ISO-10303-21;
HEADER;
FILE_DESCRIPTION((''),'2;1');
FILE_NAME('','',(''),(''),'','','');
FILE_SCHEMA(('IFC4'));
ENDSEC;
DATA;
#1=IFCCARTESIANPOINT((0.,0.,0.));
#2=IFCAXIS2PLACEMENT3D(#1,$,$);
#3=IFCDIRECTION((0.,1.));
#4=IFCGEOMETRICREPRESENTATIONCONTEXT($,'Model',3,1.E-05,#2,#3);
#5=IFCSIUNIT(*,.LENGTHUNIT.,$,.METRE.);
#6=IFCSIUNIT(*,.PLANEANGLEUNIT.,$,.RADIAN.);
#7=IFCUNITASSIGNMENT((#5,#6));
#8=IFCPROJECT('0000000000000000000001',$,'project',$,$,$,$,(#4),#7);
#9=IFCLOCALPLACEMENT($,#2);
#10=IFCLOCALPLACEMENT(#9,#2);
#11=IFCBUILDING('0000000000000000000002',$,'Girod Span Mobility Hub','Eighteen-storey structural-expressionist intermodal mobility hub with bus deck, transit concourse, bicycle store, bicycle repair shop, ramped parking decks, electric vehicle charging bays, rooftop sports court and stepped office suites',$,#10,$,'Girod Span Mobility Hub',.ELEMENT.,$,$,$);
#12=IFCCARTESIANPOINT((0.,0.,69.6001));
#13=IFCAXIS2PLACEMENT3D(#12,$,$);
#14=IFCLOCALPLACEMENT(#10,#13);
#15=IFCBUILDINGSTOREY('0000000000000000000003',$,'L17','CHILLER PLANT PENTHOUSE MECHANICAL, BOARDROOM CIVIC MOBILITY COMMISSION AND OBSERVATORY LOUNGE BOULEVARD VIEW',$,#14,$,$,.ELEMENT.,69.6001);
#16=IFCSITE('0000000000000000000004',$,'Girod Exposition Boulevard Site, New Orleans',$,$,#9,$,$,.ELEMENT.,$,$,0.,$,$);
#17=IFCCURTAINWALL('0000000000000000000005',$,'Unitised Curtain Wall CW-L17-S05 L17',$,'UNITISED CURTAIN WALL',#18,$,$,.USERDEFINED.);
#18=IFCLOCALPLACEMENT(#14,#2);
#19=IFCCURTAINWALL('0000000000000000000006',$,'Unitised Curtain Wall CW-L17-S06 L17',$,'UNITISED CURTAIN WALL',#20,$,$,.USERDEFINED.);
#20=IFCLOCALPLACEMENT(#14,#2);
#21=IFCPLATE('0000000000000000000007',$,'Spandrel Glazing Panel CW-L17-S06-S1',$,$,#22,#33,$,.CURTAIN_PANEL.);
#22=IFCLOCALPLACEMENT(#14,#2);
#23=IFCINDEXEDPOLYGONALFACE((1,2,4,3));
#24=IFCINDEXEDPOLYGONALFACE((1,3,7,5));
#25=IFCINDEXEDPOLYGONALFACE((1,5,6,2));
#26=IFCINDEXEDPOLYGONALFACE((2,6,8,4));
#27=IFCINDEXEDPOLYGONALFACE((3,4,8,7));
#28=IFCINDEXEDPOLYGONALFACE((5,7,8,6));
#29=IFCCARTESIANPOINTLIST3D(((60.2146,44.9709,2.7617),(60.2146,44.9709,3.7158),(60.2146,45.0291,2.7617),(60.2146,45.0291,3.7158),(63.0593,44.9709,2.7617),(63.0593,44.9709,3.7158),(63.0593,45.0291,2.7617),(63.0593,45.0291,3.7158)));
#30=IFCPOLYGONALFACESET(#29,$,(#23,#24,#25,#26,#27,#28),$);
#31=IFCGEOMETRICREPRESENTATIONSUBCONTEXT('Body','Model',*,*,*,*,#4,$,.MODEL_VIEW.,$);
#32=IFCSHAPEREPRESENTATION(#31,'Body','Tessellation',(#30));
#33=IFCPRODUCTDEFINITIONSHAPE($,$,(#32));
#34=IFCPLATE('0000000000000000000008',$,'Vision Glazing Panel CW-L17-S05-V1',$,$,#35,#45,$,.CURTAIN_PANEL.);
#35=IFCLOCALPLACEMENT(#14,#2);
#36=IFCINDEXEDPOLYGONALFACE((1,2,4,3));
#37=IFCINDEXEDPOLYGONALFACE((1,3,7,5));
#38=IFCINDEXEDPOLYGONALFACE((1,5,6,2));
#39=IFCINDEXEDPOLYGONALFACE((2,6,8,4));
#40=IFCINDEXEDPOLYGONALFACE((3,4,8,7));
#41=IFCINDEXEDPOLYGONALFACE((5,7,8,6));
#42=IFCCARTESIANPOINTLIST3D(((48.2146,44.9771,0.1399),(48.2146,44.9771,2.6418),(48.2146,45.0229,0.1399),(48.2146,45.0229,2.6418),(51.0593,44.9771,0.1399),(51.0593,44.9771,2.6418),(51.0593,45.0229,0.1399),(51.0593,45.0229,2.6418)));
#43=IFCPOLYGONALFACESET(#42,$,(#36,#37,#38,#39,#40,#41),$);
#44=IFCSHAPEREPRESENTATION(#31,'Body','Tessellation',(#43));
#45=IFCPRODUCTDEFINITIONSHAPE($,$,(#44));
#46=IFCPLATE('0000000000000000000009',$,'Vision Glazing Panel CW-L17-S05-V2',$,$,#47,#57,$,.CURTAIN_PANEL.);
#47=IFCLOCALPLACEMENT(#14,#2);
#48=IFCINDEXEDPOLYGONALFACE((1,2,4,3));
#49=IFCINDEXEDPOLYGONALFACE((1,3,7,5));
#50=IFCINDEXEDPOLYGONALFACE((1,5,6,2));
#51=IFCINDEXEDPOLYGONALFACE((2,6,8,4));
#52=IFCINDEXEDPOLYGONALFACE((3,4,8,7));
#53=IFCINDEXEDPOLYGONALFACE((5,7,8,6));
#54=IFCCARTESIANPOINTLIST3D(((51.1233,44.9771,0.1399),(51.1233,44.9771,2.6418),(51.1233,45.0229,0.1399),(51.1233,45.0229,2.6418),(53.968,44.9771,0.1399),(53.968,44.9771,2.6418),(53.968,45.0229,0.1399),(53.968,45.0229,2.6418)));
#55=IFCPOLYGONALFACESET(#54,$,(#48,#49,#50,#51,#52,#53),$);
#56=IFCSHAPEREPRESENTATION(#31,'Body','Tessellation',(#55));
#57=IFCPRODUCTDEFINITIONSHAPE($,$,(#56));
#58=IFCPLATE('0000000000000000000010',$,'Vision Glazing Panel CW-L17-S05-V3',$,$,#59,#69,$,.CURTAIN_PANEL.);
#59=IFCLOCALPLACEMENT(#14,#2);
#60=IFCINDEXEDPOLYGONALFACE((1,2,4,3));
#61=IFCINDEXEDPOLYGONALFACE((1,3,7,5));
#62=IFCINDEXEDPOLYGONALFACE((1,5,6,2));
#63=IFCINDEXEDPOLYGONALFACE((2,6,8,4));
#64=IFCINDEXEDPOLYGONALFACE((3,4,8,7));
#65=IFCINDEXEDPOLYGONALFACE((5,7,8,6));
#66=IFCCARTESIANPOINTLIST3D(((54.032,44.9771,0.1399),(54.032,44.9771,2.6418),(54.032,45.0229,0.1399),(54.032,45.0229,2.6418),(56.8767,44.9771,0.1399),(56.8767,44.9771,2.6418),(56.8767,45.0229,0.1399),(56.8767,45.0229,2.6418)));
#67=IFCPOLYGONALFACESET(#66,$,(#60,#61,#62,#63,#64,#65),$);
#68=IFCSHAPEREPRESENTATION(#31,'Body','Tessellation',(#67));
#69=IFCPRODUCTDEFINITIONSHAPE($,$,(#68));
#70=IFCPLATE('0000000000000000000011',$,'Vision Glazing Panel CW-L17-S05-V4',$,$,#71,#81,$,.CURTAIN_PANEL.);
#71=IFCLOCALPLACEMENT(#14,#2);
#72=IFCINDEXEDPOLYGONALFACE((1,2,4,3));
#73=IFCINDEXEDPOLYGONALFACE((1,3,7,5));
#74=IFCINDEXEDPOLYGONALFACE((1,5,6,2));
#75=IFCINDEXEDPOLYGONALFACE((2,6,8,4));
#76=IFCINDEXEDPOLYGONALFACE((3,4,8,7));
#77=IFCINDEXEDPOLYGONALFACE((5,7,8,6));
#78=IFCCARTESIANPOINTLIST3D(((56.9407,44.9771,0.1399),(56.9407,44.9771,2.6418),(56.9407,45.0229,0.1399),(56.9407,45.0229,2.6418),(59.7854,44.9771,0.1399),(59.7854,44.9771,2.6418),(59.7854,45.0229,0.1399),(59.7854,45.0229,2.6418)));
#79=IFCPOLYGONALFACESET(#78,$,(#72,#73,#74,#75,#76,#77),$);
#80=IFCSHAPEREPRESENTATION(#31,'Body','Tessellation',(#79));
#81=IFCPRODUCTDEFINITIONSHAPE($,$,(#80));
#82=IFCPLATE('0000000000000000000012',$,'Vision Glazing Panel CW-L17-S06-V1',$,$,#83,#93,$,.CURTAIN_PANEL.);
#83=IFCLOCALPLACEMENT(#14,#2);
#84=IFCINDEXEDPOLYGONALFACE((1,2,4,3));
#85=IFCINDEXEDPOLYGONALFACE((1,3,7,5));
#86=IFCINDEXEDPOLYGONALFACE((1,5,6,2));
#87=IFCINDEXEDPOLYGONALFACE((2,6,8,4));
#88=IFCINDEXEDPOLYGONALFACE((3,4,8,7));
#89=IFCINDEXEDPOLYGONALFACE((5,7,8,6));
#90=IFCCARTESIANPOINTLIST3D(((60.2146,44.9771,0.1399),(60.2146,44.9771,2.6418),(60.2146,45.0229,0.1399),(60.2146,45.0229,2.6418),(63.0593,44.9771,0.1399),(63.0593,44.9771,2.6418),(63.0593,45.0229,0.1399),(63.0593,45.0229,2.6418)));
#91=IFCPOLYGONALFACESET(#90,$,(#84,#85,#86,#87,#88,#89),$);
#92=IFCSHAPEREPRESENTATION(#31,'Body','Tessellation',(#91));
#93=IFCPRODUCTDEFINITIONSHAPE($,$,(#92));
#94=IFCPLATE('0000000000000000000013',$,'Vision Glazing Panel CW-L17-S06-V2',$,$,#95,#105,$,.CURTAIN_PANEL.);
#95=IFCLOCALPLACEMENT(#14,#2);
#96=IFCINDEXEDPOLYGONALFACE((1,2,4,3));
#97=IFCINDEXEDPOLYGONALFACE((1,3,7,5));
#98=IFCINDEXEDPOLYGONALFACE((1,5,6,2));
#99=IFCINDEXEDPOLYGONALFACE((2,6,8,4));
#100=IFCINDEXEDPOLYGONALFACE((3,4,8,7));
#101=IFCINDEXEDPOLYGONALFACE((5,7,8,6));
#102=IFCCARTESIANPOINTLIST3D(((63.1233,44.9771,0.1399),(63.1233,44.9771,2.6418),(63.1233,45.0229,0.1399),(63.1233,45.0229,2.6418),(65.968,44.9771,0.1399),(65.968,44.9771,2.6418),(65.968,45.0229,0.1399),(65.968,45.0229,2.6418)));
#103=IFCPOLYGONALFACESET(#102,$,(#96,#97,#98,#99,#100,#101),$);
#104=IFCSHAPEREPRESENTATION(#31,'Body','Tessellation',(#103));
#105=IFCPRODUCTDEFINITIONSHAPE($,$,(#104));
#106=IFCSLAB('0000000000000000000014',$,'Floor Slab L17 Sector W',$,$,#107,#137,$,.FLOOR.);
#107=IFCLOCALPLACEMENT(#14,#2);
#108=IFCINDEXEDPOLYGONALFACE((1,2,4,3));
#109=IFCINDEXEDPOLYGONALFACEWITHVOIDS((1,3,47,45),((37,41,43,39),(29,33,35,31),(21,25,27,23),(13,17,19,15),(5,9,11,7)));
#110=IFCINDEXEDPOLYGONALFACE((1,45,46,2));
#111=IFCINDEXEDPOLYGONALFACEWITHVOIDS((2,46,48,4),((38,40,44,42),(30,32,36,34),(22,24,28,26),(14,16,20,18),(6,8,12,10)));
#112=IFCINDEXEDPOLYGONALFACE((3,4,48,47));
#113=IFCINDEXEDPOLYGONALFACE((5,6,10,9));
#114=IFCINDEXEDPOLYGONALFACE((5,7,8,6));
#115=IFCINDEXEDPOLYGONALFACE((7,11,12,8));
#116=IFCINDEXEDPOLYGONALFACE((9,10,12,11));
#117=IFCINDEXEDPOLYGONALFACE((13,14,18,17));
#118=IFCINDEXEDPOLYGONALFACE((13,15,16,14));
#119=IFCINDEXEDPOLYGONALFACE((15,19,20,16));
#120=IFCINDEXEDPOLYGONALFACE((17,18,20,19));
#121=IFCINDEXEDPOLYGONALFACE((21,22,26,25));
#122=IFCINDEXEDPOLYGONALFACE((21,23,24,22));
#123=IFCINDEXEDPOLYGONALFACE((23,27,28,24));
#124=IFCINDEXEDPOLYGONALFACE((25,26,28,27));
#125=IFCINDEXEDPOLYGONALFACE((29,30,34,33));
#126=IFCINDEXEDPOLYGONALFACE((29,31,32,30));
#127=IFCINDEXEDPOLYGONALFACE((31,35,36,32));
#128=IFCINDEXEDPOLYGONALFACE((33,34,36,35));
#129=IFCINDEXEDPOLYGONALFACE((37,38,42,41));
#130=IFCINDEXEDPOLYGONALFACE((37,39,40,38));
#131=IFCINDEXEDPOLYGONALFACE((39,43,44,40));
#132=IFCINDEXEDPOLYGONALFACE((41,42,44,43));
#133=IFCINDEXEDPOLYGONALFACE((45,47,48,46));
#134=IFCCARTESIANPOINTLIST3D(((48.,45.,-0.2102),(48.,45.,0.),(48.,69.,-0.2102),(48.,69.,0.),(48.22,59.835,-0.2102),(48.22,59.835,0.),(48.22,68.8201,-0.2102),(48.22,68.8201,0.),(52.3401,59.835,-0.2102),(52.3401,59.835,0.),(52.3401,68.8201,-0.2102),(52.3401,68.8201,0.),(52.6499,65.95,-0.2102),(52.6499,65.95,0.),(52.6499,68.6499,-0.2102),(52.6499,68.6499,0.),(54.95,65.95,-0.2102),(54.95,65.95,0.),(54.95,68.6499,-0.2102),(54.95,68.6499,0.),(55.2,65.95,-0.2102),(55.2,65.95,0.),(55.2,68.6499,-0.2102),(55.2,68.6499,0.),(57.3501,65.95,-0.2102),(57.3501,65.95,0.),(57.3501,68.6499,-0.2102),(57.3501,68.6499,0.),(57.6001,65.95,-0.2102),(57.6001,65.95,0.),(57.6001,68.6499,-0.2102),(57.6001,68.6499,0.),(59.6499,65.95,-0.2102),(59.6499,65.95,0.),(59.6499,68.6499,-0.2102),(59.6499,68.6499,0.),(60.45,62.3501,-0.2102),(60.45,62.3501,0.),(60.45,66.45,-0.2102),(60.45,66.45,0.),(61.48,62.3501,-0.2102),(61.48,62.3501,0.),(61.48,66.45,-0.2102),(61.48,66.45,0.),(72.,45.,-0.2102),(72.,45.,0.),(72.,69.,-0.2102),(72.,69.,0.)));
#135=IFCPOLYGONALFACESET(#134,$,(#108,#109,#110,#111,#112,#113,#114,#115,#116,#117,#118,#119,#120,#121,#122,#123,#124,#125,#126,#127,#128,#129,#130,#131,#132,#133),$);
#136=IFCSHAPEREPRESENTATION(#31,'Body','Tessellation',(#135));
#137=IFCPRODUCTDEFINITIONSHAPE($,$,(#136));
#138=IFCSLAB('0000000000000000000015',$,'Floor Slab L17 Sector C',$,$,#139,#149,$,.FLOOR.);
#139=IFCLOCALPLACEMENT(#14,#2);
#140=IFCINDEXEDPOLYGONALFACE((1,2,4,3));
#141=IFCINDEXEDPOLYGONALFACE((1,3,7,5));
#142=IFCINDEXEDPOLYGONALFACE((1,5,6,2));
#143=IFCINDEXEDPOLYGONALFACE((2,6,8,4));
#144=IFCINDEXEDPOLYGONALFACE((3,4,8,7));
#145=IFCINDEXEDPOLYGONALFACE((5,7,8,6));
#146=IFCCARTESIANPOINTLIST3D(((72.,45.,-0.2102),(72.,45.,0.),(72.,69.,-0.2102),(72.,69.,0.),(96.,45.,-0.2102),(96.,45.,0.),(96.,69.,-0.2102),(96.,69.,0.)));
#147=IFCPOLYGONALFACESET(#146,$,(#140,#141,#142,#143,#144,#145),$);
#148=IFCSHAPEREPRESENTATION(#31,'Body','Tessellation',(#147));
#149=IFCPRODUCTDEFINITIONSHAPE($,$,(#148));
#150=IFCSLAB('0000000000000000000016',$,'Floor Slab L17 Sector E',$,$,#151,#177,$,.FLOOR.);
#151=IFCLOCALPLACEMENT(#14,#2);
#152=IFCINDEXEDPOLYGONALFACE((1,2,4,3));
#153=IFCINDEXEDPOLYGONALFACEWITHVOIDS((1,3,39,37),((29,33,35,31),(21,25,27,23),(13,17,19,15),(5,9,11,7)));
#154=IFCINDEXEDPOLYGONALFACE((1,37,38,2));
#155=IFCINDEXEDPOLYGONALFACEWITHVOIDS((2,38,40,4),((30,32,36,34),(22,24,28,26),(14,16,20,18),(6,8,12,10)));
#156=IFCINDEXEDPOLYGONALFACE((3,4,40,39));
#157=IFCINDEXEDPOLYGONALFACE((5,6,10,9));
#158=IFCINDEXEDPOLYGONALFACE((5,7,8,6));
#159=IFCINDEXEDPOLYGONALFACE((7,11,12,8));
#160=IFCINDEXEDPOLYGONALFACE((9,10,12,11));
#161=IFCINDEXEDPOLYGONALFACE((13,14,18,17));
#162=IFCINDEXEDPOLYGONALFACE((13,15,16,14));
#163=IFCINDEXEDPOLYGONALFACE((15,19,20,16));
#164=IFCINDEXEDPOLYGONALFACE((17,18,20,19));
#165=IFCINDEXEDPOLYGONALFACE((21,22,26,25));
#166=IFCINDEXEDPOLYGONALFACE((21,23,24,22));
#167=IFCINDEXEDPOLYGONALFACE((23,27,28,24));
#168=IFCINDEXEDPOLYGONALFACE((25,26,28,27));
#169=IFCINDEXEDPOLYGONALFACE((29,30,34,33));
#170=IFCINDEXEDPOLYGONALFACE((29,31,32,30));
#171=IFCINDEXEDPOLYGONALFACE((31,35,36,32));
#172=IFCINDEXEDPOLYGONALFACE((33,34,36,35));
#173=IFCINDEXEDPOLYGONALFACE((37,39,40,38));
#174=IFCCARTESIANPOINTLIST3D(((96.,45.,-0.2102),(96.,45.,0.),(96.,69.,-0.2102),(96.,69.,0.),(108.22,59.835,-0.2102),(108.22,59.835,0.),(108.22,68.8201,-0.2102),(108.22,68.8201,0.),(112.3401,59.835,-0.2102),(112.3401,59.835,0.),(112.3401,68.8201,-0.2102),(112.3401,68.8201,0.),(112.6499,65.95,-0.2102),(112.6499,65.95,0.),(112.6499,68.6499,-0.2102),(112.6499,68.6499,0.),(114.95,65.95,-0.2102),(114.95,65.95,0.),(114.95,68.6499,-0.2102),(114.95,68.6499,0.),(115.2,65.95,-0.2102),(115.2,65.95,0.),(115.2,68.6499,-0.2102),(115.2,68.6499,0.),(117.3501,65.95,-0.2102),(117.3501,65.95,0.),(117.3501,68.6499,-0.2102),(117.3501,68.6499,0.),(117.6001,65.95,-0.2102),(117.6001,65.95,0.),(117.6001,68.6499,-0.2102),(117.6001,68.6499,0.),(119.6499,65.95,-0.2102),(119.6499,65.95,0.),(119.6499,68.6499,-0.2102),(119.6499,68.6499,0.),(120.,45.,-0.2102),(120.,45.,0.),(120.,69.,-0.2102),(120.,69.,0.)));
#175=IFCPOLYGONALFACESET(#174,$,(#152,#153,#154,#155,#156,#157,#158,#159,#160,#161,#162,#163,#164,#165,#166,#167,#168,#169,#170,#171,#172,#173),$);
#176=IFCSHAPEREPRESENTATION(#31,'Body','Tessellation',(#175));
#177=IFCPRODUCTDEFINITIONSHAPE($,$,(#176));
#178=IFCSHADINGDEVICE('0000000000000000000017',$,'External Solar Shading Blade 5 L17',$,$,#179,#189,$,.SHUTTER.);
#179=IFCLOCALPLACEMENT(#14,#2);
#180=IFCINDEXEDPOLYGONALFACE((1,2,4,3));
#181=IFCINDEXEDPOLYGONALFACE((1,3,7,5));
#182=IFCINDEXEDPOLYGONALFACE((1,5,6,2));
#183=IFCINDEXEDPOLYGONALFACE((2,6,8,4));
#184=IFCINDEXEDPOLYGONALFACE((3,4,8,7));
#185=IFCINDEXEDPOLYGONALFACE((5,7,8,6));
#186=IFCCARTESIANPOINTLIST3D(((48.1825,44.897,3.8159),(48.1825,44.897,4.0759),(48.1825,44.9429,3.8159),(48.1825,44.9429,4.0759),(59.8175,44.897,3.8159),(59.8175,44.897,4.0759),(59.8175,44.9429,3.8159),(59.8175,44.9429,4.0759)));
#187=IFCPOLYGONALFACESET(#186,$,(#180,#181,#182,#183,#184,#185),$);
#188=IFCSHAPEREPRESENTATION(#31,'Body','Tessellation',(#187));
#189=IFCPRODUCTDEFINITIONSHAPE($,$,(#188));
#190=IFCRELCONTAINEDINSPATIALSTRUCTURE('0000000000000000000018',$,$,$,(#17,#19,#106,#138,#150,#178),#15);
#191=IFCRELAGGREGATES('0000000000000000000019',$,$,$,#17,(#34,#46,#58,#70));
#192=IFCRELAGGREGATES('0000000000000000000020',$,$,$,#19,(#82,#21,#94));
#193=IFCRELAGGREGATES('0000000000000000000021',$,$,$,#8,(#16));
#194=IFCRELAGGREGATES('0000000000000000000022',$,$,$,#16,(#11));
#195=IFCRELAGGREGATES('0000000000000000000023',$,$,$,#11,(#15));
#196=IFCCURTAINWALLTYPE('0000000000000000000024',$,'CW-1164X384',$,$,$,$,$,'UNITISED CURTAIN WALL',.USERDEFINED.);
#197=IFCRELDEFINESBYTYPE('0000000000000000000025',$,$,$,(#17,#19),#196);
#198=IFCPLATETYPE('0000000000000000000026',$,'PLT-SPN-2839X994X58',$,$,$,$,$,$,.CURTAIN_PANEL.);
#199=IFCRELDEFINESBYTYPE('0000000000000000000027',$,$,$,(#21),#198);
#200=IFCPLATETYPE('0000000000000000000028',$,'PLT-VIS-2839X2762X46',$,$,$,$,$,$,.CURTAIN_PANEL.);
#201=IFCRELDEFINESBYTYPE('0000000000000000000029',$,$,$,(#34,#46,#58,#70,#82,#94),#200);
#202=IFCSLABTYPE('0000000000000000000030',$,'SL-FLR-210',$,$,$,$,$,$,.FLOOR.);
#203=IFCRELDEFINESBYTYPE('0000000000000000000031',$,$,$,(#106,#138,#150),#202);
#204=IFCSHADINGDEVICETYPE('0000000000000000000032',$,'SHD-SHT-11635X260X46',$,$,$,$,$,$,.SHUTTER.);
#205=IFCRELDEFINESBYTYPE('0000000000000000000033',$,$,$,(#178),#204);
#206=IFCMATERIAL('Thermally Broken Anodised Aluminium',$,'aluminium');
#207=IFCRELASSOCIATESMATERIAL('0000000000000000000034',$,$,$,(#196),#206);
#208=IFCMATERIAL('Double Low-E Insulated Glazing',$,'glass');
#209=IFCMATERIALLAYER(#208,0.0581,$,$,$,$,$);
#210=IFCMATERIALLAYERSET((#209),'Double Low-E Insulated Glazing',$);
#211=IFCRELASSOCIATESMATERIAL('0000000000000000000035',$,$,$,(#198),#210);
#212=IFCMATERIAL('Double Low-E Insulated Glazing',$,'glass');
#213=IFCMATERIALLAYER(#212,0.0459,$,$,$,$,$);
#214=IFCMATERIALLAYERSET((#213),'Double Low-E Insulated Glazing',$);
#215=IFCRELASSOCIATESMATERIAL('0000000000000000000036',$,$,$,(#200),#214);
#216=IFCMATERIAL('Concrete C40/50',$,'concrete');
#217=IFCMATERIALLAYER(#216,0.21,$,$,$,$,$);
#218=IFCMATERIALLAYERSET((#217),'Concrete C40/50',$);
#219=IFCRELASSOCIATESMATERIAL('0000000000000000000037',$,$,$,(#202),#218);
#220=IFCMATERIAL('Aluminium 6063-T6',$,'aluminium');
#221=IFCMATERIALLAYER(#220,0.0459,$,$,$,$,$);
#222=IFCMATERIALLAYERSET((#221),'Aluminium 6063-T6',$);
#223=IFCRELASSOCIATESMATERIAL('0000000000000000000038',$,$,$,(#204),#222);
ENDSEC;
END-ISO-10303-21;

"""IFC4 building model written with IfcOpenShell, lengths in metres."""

from ifc_helpers import new_model, si_unit, direction, frame, origin, origin_2d, place, context, subcontext, project, spatial, polyline, rectangle, outline, extrude, material, layer, layer_set, type_object, element, aggregate, save


model = new_model("IFC4")

# Units and contexts
model_context = context("Model", 3, precision=1e-05, world=origin(), true_north=direction((0.0, 1.0)))
body_context = subcontext(model_context, "Body", "Model", "MODEL_VIEW")
ifc_project = project(units=[si_unit("LENGTHUNIT", "METRE"), si_unit("PLANEANGLEUNIT", "RADIAN")], contexts=[model_context])

# Site, building, storey
site_placement = place(None, origin())
site = spatial("IfcSite", under=ifc_project, at=site_placement, Name="Girod Exposition Boulevard Site, New Orleans", CompositionType="ELEMENT", RefElevation=0.0)
building_placement = place(site_placement, origin())
building = spatial("IfcBuilding", under=site, at=building_placement, Name="Girod Span Mobility Hub", Description="Eighteen-storey structural-expressionist intermodal mobility hub with bus deck, transit concourse, bicycle store, bicycle repair shop, ramped parking decks, electric vehicle charging bays, rooftop sports court and stepped office suites", LongName="Girod Span Mobility Hub", CompositionType="ELEMENT")
storey_placement = place(building_placement, frame((0.0, 0.0, 69.6001)))
storey = spatial("IfcBuildingStorey", under=building, at=storey_placement, Name="L17", Description="CHILLER PLANT PENTHOUSE MECHANICAL, BOARDROOM CIVIC MOBILITY COMMISSION AND OBSERVATORY LOUNGE BOULEVARD VIEW", CompositionType="ELEMENT", Elevation=69.6001)

# Curtain walls
ifc_material_1 = material(Name="Thermally Broken Anodised Aluminium", Category="aluminium")
curtain_wall_type = type_object("IfcCurtainWallType", Name="CW-1164X384", ElementType="UNITISED CURTAIN WALL", PredefinedType="USERDEFINED", material=ifc_material_1)
curtain_wall_1_placement = place(storey_placement, origin())
curtain_wall_1 = element("IfcCurtainWall", 1, at=curtain_wall_1_placement, inside=storey, type_object=curtain_wall_type, Name="Unitised Curtain Wall CW-L17-S05 L17", ObjectType="UNITISED CURTAIN WALL", PredefinedType="USERDEFINED")
curtain_wall_2_placement = place(storey_placement, origin())
curtain_wall_2 = element("IfcCurtainWall", 2, at=curtain_wall_2_placement, inside=storey, type_object=curtain_wall_type, Name="Unitised Curtain Wall CW-L17-S06 L17", ObjectType="UNITISED CURTAIN WALL", PredefinedType="USERDEFINED")

# Plates
ifc_material_2 = material(Name="Double Low-E Insulated Glazing", Category="glass")
ifc_layer_1 = layer(ifc_material_2, 0.0581)
ifc_layer_set_1 = layer_set([ifc_layer_1], Name="Double Low-E Insulated Glazing")
plate_type_1 = type_object("IfcPlateType", Name="PLT-SPN-2839X994X58", PredefinedType="CURTAIN_PANEL", material=ifc_layer_set_1)
plate_1_placement = place(storey_placement, frame((61.637, 45.0, 2.7617), z_axis=(0.0, 0.0, 1.0), x_axis=(1.0, 0.0, 0.0)))
plate_1 = element("IfcPlate", 3, at=plate_1_placement, type_object=plate_type_1, Name="Spandrel Glazing Panel CW-L17-S06-S1", PredefinedType="CURTAIN_PANEL", context=body_context, shape_type="SweptSolid", body=[
    extrude(rectangle(XDim=2.8447, YDim=0.0581, at=origin_2d()), origin(), (0.0, 0.0, 1.0), 0.9541),
])
ifc_material_3 = material(Name="Double Low-E Insulated Glazing", Category="glass")
ifc_layer_2 = layer(ifc_material_3, 0.0459)
ifc_layer_set_2 = layer_set([ifc_layer_2], Name="Double Low-E Insulated Glazing")
plate_type_2 = type_object("IfcPlateType", Name="PLT-VIS-2839X2762X46", PredefinedType="CURTAIN_PANEL", material=ifc_layer_set_2)
plate_2_placement = place(storey_placement, frame((49.637, 45.0, 0.1399), z_axis=(0.0, 0.0, 1.0), x_axis=(1.0, 0.0, 0.0)))
plate_2 = element("IfcPlate", 4, at=plate_2_placement, type_object=plate_type_2, Name="Vision Glazing Panel CW-L17-S05-V1", PredefinedType="CURTAIN_PANEL", context=body_context, shape_type="SweptSolid", body=[
    extrude(rectangle(XDim=2.8447, YDim=0.0459, at=origin_2d()), origin(), (0.0, 0.0, 1.0), 2.502),
])
plate_3_placement = place(storey_placement, frame((52.5457, 45.0, 0.1399), z_axis=(0.0, 0.0, 1.0), x_axis=(1.0, 0.0, 0.0)))
plate_3 = element("IfcPlate", 5, at=plate_3_placement, type_object=plate_type_2, Name="Vision Glazing Panel CW-L17-S05-V2", PredefinedType="CURTAIN_PANEL", context=body_context, shape_type="SweptSolid", body=[
    extrude(rectangle(XDim=2.8447, YDim=0.0459, at=origin_2d()), origin(), (0.0, 0.0, 1.0), 2.502),
])
plate_4_placement = place(storey_placement, frame((55.4543, 45.0, 0.1399), z_axis=(0.0, 0.0, 1.0), x_axis=(1.0, 0.0, 0.0)))
plate_4 = element("IfcPlate", 6, at=plate_4_placement, type_object=plate_type_2, Name="Vision Glazing Panel CW-L17-S05-V3", PredefinedType="CURTAIN_PANEL", context=body_context, shape_type="SweptSolid", body=[
    extrude(rectangle(XDim=2.8447, YDim=0.0459, at=origin_2d()), origin(), (0.0, 0.0, 1.0), 2.502),
])
plate_5_placement = place(storey_placement, frame((58.363, 45.0, 0.1399), z_axis=(0.0, 0.0, 1.0), x_axis=(1.0, 0.0, 0.0)))
plate_5 = element("IfcPlate", 7, at=plate_5_placement, type_object=plate_type_2, Name="Vision Glazing Panel CW-L17-S05-V4", PredefinedType="CURTAIN_PANEL", context=body_context, shape_type="SweptSolid", body=[
    extrude(rectangle(XDim=2.8447, YDim=0.0459, at=origin_2d()), origin(), (0.0, 0.0, 1.0), 2.502),
])
aggregate(curtain_wall_1, [plate_2, plate_3, plate_4, plate_5])
plate_6_placement = place(storey_placement, frame((61.637, 45.0, 0.1399), z_axis=(0.0, 0.0, 1.0), x_axis=(1.0, 0.0, 0.0)))
plate_6 = element("IfcPlate", 8, at=plate_6_placement, type_object=plate_type_2, Name="Vision Glazing Panel CW-L17-S06-V1", PredefinedType="CURTAIN_PANEL", context=body_context, shape_type="SweptSolid", body=[
    extrude(rectangle(XDim=2.8447, YDim=0.0459, at=origin_2d()), origin(), (0.0, 0.0, 1.0), 2.502),
])
plate_7_placement = place(storey_placement, frame((64.5457, 45.0, 0.1399), z_axis=(0.0, 0.0, 1.0), x_axis=(1.0, 0.0, 0.0)))
plate_7 = element("IfcPlate", 9, at=plate_7_placement, type_object=plate_type_2, Name="Vision Glazing Panel CW-L17-S06-V2", PredefinedType="CURTAIN_PANEL", context=body_context, shape_type="SweptSolid", body=[
    extrude(rectangle(XDim=2.8447, YDim=0.0459, at=origin_2d()), origin(), (0.0, 0.0, 1.0), 2.502),
])
aggregate(curtain_wall_2, [plate_6, plate_1, plate_7])

# Slabs
ifc_material_4 = material(Name="Concrete C40/50", Category="concrete")
ifc_layer_3 = layer(ifc_material_4, 0.21)
ifc_layer_set_3 = layer_set([ifc_layer_3], Name="Concrete C40/50")
slab_type = type_object("IfcSlabType", Name="SL-FLR-210", PredefinedType="FLOOR", material=ifc_layer_set_3)
slab_1_placement = place(storey_placement, frame((0.0, 0.0, -0.2102)))
element("IfcSlab", 10, at=slab_1_placement, inside=storey, type_object=slab_type, Name="Floor Slab L17 Sector W", PredefinedType="FLOOR", context=body_context, shape_type="SweptSolid", body=[
    extrude(outline(polyline([(48.0, 69.0), (72.0, 69.0), (72.0, 45.0), (48.0, 45.0), (48.0, 69.0)]), holes=[polyline([(48.22, 59.835), (52.3401, 59.835), (52.3401, 68.8201), (48.22, 68.8201), (48.22, 59.835)]), polyline([(60.45, 62.3501), (61.48, 62.3501), (61.48, 66.45), (60.45, 66.45), (60.45, 62.3501)]), polyline([(52.6499, 65.95), (54.95, 65.95), (54.95, 68.6499), (52.6499, 68.6499), (52.6499, 65.95)]), polyline([(55.2, 65.95), (57.3501, 65.95), (57.3501, 68.6499), (55.2, 68.6499), (55.2, 65.95)]), polyline([(57.6001, 65.95), (59.6499, 65.95), (59.6499, 68.6499), (57.6001, 68.6499), (57.6001, 65.95)])]), origin(), (0.0, 0.0, 1.0), 0.2102),
])
slab_2_placement = place(storey_placement, frame((0.0, 0.0, -0.2102)))
element("IfcSlab", 11, at=slab_2_placement, inside=storey, type_object=slab_type, Name="Floor Slab L17 Sector C", PredefinedType="FLOOR", context=body_context, shape_type="SweptSolid", body=[
    extrude(outline(polyline([(96.0, 69.0), (96.0, 45.0), (72.0, 45.0), (72.0, 69.0), (96.0, 69.0)])), origin(), (0.0, 0.0, 1.0), 0.2102),
])
slab_3_placement = place(storey_placement, frame((0.0, 0.0, -0.2102)))
element("IfcSlab", 12, at=slab_3_placement, inside=storey, type_object=slab_type, Name="Floor Slab L17 Sector E", PredefinedType="FLOOR", context=body_context, shape_type="SweptSolid", body=[
    extrude(outline(polyline([(120.0, 69.0), (120.0, 45.0), (96.0, 45.0), (96.0, 69.0), (120.0, 69.0)]), holes=[polyline([(108.22, 59.835), (112.3401, 59.835), (112.3401, 68.8201), (108.22, 68.8201), (108.22, 59.835)]), polyline([(112.6499, 65.95), (114.95, 65.95), (114.95, 68.6499), (112.6499, 68.6499), (112.6499, 65.95)]), polyline([(115.2, 68.6499), (115.2, 65.95), (117.3501, 65.95), (117.3501, 68.6499), (115.2, 68.6499)]), polyline([(117.6001, 68.6499), (117.6001, 65.95), (119.6499, 65.95), (119.6499, 68.6499), (117.6001, 68.6499)])]), origin(), (0.0, 0.0, 1.0), 0.2102),
])

# Shading device
ifc_material_5 = material(Name="Aluminium 6063-T6", Category="aluminium")
ifc_layer_4 = layer(ifc_material_5, 0.0459)
ifc_layer_set_4 = layer_set([ifc_layer_4], Name="Aluminium 6063-T6")
shading_device_type = type_object("IfcShadingDeviceType", Name="SHD-SHT-11635X260X46", PredefinedType="SHUTTER", material=ifc_layer_set_4)
shading_device_placement = place(storey_placement, frame((54.0, 44.9199, 3.8159), z_axis=(0.0, 0.0, 1.0), x_axis=(1.0, 0.0, 0.0)))
element("IfcShadingDevice", 13, at=shading_device_placement, inside=storey, type_object=shading_device_type, Name="External Solar Shading Blade 5 L17", PredefinedType="SHUTTER", context=body_context, shape_type="SweptSolid", body=[
    extrude(rectangle(XDim=11.635, YDim=0.0459, at=origin_2d()), origin(), (0.0, 0.0, 1.0), 0.26),
])

save(model, "model.ifc")
